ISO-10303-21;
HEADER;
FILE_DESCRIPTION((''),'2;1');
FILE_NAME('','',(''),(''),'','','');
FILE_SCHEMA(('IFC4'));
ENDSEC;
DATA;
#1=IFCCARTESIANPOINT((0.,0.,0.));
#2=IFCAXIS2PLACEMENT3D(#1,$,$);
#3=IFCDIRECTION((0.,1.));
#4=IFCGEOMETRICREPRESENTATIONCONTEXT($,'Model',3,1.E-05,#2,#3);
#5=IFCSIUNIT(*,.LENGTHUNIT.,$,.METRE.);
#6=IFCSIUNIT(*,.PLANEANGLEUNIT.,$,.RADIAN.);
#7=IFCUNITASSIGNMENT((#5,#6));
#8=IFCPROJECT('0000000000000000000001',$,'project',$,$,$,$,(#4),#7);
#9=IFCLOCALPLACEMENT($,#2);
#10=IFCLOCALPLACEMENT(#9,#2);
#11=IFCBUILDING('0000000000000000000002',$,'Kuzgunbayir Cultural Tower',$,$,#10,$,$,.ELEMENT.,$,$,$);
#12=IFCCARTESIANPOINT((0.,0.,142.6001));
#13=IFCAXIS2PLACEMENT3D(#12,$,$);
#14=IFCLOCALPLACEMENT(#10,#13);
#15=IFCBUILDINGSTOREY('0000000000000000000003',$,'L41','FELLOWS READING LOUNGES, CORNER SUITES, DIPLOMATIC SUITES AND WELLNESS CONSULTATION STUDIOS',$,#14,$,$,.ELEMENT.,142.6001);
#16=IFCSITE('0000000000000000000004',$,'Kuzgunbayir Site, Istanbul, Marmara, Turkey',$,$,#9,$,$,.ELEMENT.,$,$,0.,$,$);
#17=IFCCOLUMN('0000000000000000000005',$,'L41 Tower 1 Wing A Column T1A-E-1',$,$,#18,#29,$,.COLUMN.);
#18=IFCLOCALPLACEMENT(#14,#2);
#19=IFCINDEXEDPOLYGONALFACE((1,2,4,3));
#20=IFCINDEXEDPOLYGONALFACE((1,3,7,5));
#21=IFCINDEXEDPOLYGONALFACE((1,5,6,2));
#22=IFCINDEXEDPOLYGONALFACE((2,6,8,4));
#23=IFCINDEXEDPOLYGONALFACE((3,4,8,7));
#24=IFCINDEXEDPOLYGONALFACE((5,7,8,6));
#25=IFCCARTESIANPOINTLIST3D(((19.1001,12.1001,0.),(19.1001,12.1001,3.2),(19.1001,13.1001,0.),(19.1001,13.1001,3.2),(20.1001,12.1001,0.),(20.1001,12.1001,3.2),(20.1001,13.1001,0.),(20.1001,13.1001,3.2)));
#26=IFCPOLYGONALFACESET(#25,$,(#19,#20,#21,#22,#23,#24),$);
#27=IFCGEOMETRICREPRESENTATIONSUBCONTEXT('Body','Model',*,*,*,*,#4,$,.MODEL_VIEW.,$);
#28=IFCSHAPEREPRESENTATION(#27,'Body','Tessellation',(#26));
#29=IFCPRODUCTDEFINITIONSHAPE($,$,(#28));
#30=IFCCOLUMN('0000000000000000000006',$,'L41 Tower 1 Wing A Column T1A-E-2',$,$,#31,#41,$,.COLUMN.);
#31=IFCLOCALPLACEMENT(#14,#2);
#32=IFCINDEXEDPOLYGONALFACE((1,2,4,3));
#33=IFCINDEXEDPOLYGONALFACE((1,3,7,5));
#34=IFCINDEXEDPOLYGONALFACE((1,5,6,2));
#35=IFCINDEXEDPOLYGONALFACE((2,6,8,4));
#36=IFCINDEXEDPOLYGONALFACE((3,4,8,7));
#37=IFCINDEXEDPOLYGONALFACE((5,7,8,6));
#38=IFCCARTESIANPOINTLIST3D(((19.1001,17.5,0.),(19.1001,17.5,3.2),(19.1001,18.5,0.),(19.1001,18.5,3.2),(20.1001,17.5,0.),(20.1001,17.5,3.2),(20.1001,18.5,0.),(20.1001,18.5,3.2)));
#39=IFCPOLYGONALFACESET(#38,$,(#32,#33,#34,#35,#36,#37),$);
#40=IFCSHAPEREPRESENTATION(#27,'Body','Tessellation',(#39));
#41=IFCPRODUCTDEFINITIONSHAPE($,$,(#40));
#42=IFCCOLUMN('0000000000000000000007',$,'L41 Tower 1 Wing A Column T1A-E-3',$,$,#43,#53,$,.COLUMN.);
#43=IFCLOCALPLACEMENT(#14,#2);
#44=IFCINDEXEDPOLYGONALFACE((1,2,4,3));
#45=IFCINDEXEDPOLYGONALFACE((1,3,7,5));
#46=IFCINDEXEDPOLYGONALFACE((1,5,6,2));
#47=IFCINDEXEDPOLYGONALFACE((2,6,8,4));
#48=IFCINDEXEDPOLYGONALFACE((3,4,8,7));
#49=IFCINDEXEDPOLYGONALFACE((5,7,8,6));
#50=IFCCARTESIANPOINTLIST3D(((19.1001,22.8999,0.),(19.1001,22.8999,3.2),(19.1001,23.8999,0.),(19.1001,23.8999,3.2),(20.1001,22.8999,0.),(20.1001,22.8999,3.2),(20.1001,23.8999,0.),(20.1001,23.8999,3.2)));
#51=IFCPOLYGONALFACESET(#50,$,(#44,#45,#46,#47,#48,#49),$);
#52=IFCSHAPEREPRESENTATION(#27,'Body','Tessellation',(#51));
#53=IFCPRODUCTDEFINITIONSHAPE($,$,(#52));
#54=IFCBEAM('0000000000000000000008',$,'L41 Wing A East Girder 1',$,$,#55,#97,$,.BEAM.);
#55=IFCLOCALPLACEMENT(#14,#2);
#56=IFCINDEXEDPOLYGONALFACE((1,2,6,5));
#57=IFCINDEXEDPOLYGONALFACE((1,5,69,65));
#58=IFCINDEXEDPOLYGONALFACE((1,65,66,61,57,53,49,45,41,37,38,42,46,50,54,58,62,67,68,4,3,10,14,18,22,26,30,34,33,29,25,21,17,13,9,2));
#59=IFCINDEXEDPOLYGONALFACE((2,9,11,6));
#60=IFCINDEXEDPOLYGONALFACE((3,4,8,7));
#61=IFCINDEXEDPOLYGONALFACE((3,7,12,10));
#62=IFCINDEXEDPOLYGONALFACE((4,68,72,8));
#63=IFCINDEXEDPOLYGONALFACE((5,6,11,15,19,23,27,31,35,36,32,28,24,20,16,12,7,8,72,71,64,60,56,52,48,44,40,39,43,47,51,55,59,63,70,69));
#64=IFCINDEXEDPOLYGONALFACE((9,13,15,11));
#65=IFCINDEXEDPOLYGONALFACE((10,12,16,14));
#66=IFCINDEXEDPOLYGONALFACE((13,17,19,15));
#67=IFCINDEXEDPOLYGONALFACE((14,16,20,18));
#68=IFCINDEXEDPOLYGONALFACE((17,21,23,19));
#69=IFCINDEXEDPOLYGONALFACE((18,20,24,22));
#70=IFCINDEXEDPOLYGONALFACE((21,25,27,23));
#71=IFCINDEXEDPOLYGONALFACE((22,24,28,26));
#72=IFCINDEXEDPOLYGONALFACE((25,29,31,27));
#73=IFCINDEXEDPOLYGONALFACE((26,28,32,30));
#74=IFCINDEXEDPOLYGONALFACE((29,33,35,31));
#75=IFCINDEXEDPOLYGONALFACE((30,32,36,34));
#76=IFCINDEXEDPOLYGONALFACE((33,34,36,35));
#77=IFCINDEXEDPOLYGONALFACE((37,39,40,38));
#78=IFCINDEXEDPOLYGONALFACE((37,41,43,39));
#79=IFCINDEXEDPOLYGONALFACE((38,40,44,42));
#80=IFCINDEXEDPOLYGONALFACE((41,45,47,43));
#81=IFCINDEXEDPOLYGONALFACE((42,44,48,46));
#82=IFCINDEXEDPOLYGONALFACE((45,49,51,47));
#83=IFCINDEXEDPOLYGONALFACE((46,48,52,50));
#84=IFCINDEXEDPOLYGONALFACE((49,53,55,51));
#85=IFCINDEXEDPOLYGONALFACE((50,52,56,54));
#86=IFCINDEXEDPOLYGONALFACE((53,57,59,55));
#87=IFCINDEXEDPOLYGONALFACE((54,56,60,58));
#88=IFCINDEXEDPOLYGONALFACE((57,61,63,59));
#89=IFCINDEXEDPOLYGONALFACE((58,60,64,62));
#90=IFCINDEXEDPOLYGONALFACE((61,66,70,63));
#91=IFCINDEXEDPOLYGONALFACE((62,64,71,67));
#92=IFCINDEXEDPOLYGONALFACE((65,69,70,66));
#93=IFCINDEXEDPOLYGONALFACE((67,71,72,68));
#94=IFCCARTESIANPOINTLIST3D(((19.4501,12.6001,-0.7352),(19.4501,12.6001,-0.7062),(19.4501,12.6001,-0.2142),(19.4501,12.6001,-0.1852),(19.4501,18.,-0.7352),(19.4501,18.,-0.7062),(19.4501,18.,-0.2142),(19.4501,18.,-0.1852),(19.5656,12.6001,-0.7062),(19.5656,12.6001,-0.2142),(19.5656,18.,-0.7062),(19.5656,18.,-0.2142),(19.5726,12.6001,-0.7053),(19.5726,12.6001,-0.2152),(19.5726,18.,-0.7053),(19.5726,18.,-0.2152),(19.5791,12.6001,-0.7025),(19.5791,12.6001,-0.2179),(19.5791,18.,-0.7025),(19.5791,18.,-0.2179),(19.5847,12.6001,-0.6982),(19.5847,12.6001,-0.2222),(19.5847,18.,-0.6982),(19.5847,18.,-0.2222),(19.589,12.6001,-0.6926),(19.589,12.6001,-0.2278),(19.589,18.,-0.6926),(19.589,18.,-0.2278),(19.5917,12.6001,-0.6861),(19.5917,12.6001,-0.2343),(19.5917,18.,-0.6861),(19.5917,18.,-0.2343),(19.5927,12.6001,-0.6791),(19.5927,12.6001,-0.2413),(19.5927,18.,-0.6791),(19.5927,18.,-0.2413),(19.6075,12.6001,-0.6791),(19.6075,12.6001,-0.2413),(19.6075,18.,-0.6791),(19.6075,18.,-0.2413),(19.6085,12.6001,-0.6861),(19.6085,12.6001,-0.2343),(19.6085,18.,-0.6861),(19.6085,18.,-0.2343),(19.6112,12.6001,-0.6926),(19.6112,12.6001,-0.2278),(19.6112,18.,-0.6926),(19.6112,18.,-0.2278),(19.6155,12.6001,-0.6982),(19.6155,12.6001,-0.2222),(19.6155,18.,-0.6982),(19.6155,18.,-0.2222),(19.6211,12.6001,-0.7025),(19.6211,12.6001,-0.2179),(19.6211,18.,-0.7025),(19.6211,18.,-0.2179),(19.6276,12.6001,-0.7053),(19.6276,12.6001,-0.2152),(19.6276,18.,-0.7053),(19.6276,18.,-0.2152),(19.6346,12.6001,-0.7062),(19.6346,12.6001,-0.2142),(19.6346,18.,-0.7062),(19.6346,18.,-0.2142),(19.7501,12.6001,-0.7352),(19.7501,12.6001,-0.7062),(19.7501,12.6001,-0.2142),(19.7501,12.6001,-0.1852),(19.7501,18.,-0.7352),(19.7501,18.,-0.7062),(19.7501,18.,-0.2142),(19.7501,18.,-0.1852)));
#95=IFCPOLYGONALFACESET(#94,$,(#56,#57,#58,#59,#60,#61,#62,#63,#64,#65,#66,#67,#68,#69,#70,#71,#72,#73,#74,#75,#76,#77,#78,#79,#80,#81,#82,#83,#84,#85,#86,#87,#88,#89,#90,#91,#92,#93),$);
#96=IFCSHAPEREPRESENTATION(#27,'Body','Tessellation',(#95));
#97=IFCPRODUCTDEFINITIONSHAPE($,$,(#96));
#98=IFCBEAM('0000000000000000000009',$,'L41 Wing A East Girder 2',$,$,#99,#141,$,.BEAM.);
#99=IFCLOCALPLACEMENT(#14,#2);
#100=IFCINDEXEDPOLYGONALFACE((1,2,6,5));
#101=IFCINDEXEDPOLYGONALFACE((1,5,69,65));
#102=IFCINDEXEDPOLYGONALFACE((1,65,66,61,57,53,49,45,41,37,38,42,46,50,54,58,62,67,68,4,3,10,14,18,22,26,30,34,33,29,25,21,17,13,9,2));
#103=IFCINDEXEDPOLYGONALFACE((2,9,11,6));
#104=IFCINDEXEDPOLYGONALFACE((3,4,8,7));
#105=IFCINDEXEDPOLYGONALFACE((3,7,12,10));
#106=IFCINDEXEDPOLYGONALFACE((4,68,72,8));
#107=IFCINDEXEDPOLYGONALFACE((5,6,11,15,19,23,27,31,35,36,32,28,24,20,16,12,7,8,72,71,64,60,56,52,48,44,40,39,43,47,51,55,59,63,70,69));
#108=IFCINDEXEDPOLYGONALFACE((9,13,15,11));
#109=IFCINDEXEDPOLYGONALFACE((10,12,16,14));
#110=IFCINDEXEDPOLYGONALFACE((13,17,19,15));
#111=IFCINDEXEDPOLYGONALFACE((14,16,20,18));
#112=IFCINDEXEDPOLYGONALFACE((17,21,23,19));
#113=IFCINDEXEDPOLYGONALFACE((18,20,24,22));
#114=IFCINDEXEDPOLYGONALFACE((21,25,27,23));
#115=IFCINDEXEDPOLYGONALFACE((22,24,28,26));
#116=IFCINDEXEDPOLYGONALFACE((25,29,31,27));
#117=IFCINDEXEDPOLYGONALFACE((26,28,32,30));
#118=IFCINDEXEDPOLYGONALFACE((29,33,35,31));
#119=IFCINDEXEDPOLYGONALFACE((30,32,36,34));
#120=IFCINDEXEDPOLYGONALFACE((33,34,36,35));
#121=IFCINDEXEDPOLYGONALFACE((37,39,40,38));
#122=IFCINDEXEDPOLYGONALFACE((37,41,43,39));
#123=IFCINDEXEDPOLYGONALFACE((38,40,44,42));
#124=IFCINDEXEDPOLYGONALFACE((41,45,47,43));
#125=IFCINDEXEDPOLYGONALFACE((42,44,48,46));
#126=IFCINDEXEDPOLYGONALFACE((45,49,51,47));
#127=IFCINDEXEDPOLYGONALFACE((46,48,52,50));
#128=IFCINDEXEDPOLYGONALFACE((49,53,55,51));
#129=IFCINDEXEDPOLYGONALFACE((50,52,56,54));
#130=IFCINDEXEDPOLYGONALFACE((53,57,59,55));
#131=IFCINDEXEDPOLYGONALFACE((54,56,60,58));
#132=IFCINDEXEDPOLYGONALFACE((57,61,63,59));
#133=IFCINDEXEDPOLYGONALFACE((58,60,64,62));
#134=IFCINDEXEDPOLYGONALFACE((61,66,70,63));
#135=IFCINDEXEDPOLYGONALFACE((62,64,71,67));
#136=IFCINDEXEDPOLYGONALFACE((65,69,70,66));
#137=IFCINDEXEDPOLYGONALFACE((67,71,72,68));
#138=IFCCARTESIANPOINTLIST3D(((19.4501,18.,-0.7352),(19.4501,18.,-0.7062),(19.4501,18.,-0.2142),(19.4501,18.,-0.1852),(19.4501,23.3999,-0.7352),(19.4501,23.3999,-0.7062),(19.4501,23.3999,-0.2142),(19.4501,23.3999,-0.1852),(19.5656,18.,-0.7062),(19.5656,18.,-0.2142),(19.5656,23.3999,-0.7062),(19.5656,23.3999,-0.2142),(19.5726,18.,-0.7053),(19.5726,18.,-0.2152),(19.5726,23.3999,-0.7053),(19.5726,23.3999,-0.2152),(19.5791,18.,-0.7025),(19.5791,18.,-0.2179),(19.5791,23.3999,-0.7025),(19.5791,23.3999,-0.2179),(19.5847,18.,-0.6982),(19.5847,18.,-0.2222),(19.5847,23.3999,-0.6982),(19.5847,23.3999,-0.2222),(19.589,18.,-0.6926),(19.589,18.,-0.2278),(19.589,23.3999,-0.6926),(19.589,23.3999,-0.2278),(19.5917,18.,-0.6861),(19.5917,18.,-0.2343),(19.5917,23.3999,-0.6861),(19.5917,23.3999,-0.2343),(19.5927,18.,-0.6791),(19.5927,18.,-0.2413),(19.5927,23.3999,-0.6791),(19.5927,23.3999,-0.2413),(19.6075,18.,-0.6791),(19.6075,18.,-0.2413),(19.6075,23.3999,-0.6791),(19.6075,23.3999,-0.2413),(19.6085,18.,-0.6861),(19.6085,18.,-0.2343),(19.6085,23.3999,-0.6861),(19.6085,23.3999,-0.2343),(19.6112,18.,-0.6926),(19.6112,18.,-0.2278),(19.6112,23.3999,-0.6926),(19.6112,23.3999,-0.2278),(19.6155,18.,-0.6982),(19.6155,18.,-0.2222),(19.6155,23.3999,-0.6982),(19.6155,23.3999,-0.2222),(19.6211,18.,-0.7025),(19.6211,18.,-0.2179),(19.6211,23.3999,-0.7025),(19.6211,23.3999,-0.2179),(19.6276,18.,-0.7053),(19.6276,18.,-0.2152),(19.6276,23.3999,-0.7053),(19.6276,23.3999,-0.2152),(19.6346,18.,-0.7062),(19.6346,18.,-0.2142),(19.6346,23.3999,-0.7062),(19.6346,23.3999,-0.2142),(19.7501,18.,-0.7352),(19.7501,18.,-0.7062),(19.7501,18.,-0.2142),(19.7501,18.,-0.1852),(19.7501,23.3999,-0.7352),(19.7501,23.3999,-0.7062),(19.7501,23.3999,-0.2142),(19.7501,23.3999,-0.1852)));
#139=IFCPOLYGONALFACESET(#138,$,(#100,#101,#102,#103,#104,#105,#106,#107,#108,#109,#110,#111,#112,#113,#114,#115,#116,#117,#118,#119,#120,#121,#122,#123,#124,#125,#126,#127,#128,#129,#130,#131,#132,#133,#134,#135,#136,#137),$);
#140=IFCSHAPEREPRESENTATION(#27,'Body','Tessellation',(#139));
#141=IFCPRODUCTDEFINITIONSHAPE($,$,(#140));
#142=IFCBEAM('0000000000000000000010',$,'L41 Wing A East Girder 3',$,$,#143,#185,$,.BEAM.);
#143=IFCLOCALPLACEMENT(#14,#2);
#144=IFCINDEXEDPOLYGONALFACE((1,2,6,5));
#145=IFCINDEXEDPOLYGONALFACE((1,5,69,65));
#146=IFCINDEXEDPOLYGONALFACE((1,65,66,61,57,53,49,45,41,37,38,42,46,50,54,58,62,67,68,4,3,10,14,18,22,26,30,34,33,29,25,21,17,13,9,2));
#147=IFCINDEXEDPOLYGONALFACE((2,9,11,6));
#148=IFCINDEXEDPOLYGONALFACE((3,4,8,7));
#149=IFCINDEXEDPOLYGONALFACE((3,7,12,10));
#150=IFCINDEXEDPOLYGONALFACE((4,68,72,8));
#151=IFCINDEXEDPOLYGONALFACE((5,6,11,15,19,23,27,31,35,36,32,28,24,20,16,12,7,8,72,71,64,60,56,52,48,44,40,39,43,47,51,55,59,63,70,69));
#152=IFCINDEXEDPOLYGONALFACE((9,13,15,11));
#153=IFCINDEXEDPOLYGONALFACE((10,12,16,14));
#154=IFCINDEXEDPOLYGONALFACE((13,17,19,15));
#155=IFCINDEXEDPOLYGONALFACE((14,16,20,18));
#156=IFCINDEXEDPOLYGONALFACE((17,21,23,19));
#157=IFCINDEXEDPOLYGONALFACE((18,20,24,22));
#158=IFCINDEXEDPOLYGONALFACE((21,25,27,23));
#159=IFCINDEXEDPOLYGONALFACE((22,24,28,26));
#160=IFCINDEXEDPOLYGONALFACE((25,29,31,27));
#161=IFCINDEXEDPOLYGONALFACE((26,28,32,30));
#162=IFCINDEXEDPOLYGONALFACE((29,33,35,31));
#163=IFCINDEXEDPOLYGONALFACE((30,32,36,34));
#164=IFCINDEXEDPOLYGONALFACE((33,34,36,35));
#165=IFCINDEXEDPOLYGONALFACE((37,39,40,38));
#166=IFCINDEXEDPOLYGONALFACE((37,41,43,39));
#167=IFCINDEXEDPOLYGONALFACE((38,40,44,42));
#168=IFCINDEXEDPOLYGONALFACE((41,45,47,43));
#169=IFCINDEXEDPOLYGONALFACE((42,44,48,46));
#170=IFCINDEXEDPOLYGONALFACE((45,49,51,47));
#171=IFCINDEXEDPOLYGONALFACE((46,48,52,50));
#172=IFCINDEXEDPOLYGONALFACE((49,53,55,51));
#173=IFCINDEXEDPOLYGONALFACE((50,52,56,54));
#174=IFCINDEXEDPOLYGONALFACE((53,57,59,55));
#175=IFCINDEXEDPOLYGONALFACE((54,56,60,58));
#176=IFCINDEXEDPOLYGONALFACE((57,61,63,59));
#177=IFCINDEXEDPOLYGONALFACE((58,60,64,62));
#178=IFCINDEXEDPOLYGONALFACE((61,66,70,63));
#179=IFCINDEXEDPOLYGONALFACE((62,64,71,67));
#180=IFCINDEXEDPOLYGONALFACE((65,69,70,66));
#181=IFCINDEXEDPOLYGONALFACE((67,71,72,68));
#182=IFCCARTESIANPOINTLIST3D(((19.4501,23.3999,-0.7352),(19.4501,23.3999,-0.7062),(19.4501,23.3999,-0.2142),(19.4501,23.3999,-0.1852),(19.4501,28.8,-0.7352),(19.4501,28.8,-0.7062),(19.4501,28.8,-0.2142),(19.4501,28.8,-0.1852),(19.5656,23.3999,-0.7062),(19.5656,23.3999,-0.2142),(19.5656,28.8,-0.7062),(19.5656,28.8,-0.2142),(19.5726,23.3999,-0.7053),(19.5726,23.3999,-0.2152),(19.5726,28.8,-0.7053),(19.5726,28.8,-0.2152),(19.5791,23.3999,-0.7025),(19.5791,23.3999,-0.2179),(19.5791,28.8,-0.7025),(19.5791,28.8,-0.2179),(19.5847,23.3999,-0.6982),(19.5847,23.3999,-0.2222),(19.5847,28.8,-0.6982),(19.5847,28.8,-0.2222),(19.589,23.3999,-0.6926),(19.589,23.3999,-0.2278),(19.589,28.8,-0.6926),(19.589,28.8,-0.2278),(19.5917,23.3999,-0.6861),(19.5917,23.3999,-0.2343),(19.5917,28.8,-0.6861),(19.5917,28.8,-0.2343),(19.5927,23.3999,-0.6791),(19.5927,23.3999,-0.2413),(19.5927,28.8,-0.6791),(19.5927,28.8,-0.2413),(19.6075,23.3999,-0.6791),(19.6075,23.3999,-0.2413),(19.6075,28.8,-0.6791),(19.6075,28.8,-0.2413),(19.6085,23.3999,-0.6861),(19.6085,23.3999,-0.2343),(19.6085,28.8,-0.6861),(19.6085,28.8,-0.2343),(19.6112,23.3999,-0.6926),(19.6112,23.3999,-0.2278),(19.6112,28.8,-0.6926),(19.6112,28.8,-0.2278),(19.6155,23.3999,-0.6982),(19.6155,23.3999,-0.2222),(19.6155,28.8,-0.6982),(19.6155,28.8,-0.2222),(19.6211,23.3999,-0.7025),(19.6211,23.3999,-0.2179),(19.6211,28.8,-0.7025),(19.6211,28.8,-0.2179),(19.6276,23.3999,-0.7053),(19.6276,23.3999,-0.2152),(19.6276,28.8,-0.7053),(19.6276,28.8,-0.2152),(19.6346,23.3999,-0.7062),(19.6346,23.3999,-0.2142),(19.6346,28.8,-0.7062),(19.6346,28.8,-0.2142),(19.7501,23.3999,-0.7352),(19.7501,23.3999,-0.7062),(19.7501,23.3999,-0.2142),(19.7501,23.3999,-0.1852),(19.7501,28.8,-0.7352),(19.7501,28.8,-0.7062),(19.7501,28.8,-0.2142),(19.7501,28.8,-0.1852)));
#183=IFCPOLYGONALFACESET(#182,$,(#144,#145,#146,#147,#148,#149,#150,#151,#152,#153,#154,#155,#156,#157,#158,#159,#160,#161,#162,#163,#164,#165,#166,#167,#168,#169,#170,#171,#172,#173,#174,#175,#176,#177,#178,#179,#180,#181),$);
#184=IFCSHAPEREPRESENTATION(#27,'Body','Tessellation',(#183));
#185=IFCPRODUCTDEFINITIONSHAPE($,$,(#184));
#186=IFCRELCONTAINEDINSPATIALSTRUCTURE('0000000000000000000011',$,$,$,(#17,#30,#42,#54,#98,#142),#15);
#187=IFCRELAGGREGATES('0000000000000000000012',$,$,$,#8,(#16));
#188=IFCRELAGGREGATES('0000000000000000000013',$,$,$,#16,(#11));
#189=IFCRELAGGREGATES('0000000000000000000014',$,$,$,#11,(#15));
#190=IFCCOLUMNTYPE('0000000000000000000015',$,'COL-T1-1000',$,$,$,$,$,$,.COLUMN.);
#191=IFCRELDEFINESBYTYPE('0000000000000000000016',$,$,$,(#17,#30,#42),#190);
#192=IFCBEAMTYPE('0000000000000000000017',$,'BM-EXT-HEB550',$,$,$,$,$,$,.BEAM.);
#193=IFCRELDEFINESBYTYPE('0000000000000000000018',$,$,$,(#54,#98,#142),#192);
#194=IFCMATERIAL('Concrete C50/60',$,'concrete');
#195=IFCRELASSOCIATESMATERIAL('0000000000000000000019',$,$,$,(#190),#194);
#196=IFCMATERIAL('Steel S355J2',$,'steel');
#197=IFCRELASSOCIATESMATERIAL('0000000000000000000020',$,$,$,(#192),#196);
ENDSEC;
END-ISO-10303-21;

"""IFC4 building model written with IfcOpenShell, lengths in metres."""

from ifc_helpers import new_model, si_unit, direction, frame, origin, origin_2d, place, context, subcontext, project, spatial, rectangle, i_section, extrude, material, material_profile, profile_set, type_object, element, save


model = new_model("IFC4")

# Units and contexts
model_context = context("Model", 3, precision=1e-05, world=origin(), true_north=direction((0.0, 1.0)))
body_context = subcontext(model_context, "Body", "Model", "MODEL_VIEW")
ifc_project = project(units=[si_unit("LENGTHUNIT", "METRE"), si_unit("PLANEANGLEUNIT", "RADIAN")], contexts=[model_context])

# Site, building, storey
site_placement = place(None, origin())
site = spatial("IfcSite", under=ifc_project, at=site_placement, Name="Kuzgunbayir Site, Istanbul, Marmara, Turkey", CompositionType="ELEMENT", RefElevation=0.0)
building_placement = place(site_placement, origin())
building = spatial("IfcBuilding", under=site, at=building_placement, Name="Kuzgunbayir Cultural Tower", CompositionType="ELEMENT")
storey_placement = place(building_placement, frame((0.0, 0.0, 142.6001)))
storey = spatial("IfcBuildingStorey", under=building, at=storey_placement, Name="L41", Description="FELLOWS READING LOUNGES, CORNER SUITES, DIPLOMATIC SUITES AND WELLNESS CONSULTATION STUDIOS", CompositionType="ELEMENT", Elevation=142.6001)

# Columns
ifc_material_1 = material(Name="Concrete C50/60", Category="concrete")
ifc_material_profile_1 = material_profile(ifc_material_1, rectangle(XDim=1.0, YDim=1.0, at=origin_2d()), Name="RC 1000x1000")
ifc_profile_set_1 = profile_set([ifc_material_profile_1], Name="Concrete C50/60")
column_type = type_object("IfcColumnType", Name="COL-T1-1000", PredefinedType="COLUMN", material=ifc_profile_set_1)
for number, where, z_axis, x_axis, name in (
    (1, (19.6001, 12.6001, 0.0), (0.0, 0.0, 1.0), (1.0, 0.0, 0.0), "L41 Tower 1 Wing A Column T1A-E-1"),
    (2, (19.6001, 18.0, 0.0), (0.0, 0.0, 1.0), (1.0, 0.0, 0.0), "L41 Tower 1 Wing A Column T1A-E-2"),
    (3, (19.6001, 23.3999, 0.0), (0.0, 0.0, 1.0), (1.0, 0.0, 0.0), "L41 Tower 1 Wing A Column T1A-E-3"),
):
    element("IfcColumn", number, at=place(storey_placement, frame(where, z_axis=z_axis, x_axis=x_axis)), inside=storey, type_object=column_type, Name=name, PredefinedType="COLUMN", context=body_context, shape_type="SweptSolid", body=[
        extrude(rectangle(XDim=1.0, YDim=1.0, at=origin_2d()), origin(), (0.0, 0.0, 1.0), 3.2),
    ])

# Beams
ifc_material_2 = material(Name="Steel S355J2", Category="steel")
ifc_material_profile_2 = material_profile(ifc_material_2, i_section(OverallWidth=0.3, OverallDepth=0.55, WebThickness=0.0149, FlangeThickness=0.0291, FilletRadius=0.0271, at=origin_2d()), Name="HEB 550")
ifc_profile_set_2 = profile_set([ifc_material_profile_2], Name="Steel S355J2")
beam_type = type_object("IfcBeamType", Name="BM-EXT-HEB550", PredefinedType="BEAM", material=ifc_profile_set_2)
for number, where, z_axis, x_axis, name in (
    (4, (19.6001, 12.6001, -0.4602), (0.0, 1.0, 0.0), (-1.0, 0.0, 0.0), "L41 Wing A East Girder 1"),
    (5, (19.6001, 18.0, -0.4602), (0.0, 1.0, 0.0), (-1.0, 0.0, 0.0), "L41 Wing A East Girder 2"),
):
    element("IfcBeam", number, at=place(storey_placement, frame(where, z_axis=z_axis, x_axis=x_axis)), inside=storey, type_object=beam_type, Name=name, PredefinedType="BEAM", context=body_context, shape_type="SweptSolid", body=[
        extrude(i_section(OverallWidth=0.3, OverallDepth=0.55, WebThickness=0.0149, FlangeThickness=0.0291, FilletRadius=0.0271, at=origin_2d()), origin(), (0.0, 0.0, 1.0), 5.3999),
    ])
beam_placement = place(storey_placement, frame((19.6001, 23.3999, -0.4602), z_axis=(0.0, 1.0, 0.0), x_axis=(-1.0, 0.0, 0.0)))
element("IfcBeam", 6, at=beam_placement, inside=storey, type_object=beam_type, Name="L41 Wing A East Girder 3", PredefinedType="BEAM", context=body_context, shape_type="SweptSolid", body=[
    extrude(i_section(OverallWidth=0.3, OverallDepth=0.55, WebThickness=0.0149, FlangeThickness=0.0291, FilletRadius=0.0271, at=origin_2d()), origin(), (0.0, 0.0, 1.0), 5.4001),
])

save(model, "model.ifc")
